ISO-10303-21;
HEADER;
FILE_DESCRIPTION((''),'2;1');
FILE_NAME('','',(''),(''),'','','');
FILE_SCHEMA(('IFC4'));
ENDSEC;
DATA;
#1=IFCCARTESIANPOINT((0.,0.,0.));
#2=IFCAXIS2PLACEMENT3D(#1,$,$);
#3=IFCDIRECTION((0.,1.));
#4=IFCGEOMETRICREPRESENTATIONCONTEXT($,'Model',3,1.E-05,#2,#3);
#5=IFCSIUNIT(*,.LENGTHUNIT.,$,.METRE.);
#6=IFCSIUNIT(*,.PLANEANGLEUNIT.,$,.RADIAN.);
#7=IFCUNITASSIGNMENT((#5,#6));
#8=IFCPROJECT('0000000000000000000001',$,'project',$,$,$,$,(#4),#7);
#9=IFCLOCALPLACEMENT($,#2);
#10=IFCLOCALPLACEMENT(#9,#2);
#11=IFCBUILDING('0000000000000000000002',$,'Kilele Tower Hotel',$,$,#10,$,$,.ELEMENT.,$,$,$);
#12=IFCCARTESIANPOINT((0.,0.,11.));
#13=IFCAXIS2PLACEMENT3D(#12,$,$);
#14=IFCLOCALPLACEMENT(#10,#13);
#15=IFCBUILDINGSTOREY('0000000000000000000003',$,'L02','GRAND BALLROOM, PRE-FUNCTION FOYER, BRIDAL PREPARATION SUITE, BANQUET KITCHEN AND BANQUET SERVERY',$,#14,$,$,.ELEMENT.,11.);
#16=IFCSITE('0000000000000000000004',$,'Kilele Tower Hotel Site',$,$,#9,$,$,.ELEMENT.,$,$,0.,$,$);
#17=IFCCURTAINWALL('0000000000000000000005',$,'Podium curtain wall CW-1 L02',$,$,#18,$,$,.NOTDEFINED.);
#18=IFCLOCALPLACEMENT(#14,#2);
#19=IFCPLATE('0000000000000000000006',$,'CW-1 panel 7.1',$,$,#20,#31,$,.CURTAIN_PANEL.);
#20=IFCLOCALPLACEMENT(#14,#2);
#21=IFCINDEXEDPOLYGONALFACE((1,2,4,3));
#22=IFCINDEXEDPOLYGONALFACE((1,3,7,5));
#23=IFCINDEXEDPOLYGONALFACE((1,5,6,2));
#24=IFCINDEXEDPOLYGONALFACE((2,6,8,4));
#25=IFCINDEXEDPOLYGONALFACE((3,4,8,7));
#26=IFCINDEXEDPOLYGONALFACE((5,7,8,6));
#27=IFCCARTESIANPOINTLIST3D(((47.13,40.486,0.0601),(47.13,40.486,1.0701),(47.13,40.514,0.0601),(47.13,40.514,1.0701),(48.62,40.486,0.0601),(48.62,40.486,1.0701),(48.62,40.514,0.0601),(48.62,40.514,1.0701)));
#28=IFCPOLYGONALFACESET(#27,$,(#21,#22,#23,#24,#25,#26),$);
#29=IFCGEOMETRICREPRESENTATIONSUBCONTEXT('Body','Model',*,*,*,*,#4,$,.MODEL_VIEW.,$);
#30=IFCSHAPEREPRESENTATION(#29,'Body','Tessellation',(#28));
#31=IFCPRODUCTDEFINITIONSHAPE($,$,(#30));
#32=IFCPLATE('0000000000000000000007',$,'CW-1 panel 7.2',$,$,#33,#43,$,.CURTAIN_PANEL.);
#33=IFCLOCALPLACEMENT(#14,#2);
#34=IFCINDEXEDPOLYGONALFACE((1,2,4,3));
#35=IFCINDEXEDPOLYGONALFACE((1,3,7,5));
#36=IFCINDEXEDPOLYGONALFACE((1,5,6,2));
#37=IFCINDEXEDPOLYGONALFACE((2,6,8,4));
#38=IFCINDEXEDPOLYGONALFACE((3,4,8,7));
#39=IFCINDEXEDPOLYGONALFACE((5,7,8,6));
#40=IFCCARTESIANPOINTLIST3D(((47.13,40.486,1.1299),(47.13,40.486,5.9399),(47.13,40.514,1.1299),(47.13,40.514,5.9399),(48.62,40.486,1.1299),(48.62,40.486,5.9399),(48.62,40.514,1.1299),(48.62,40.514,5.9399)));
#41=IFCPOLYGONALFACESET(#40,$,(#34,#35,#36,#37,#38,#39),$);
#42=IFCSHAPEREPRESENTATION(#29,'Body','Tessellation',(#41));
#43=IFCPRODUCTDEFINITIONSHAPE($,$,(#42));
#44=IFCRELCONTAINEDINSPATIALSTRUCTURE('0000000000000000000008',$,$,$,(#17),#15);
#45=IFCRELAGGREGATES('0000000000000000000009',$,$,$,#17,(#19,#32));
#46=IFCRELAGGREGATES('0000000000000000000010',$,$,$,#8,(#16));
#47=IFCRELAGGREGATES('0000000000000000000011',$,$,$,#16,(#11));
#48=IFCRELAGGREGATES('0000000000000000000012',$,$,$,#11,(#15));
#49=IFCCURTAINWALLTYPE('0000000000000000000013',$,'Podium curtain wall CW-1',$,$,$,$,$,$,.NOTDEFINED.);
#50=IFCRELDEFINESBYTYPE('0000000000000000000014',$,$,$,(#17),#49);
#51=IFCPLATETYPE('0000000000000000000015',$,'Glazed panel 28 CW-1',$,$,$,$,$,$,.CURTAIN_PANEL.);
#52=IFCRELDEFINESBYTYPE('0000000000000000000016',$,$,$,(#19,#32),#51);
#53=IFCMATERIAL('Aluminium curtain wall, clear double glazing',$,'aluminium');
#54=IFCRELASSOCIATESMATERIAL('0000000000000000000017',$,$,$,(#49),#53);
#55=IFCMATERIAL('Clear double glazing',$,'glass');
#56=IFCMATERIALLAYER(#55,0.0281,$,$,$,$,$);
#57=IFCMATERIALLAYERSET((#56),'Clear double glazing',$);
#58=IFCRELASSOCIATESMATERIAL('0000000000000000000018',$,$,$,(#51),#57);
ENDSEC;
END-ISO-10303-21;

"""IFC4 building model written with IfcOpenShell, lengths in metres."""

from ifc_helpers import new_model, si_unit, direction, frame, origin, origin_2d, place, context, subcontext, project, spatial, rectangle, extrude, material, layer, layer_set, type_object, element, aggregate, save


model = new_model("IFC4")

# Units and contexts
model_context = context("Model", 3, precision=1e-05, world=origin(), true_north=direction((0.0, 1.0)))
body_context = subcontext(model_context, "Body", "Model", "MODEL_VIEW")
ifc_project = project(units=[si_unit("LENGTHUNIT", "METRE"), si_unit("PLANEANGLEUNIT", "RADIAN")], contexts=[model_context])

# Site, building, storey
site_placement = place(None, origin())
site = spatial("IfcSite", under=ifc_project, at=site_placement, Name="Kilele Tower Hotel Site", CompositionType="ELEMENT", RefElevation=0.0)
building_placement = place(site_placement, origin())
building = spatial("IfcBuilding", under=site, at=building_placement, Name="Kilele Tower Hotel", CompositionType="ELEMENT")
storey_placement = place(building_placement, frame((0.0, 0.0, 11.0)))
storey = spatial("IfcBuildingStorey", under=building, at=storey_placement, Name="L02", Description="GRAND BALLROOM, PRE-FUNCTION FOYER, BRIDAL PREPARATION SUITE, BANQUET KITCHEN AND BANQUET SERVERY", CompositionType="ELEMENT", Elevation=11.0)

# Curtain wall, plates
ifc_material_1 = material(Name="Aluminium curtain wall, clear double glazing", Category="aluminium")
curtain_wall_type = type_object("IfcCurtainWallType", Name="Podium curtain wall CW-1", PredefinedType="NOTDEFINED", material=ifc_material_1)
curtain_wall_placement = place(storey_placement, origin())
curtain_wall = element("IfcCurtainWall", 1, at=curtain_wall_placement, inside=storey, type_object=curtain_wall_type, Name="Podium curtain wall CW-1 L02", PredefinedType="NOTDEFINED")
ifc_material_2 = material(Name="Clear double glazing", Category="glass")
ifc_layer = layer(ifc_material_2, 0.0281)
ifc_layer_set = layer_set([ifc_layer], Name="Clear double glazing")
plate_type = type_object("IfcPlateType", Name="Glazed panel 28 CW-1", PredefinedType="CURTAIN_PANEL", material=ifc_layer_set)
plate_1_placement = place(storey_placement, frame((47.875, 40.5, 0.0601), z_axis=(0.0, 0.0, 1.0), x_axis=(-1.0, 0.0, 0.0)))
plate_1 = element("IfcPlate", 2, at=plate_1_placement, type_object=plate_type, Name="CW-1 panel 7.1", PredefinedType="CURTAIN_PANEL", context=body_context, shape_type="SweptSolid", body=[
    extrude(rectangle(XDim=1.49, YDim=0.0281, at=origin_2d()), origin(), (0.0, 0.0, 1.0), 1.01),
])
plate_2_placement = place(storey_placement, frame((47.875, 40.5, 1.1299), z_axis=(0.0, 0.0, 1.0), x_axis=(-1.0, 0.0, 0.0)))
plate_2 = element("IfcPlate", 3, at=plate_2_placement, type_object=plate_type, Name="CW-1 panel 7.2", PredefinedType="CURTAIN_PANEL", context=body_context, shape_type="SweptSolid", body=[
    extrude(rectangle(XDim=1.49, YDim=0.0281, at=origin_2d()), origin(), (0.0, 0.0, 1.0), 4.8101),
])
aggregate(curtain_wall, [plate_1, plate_2])

save(model, "model.ifc")
